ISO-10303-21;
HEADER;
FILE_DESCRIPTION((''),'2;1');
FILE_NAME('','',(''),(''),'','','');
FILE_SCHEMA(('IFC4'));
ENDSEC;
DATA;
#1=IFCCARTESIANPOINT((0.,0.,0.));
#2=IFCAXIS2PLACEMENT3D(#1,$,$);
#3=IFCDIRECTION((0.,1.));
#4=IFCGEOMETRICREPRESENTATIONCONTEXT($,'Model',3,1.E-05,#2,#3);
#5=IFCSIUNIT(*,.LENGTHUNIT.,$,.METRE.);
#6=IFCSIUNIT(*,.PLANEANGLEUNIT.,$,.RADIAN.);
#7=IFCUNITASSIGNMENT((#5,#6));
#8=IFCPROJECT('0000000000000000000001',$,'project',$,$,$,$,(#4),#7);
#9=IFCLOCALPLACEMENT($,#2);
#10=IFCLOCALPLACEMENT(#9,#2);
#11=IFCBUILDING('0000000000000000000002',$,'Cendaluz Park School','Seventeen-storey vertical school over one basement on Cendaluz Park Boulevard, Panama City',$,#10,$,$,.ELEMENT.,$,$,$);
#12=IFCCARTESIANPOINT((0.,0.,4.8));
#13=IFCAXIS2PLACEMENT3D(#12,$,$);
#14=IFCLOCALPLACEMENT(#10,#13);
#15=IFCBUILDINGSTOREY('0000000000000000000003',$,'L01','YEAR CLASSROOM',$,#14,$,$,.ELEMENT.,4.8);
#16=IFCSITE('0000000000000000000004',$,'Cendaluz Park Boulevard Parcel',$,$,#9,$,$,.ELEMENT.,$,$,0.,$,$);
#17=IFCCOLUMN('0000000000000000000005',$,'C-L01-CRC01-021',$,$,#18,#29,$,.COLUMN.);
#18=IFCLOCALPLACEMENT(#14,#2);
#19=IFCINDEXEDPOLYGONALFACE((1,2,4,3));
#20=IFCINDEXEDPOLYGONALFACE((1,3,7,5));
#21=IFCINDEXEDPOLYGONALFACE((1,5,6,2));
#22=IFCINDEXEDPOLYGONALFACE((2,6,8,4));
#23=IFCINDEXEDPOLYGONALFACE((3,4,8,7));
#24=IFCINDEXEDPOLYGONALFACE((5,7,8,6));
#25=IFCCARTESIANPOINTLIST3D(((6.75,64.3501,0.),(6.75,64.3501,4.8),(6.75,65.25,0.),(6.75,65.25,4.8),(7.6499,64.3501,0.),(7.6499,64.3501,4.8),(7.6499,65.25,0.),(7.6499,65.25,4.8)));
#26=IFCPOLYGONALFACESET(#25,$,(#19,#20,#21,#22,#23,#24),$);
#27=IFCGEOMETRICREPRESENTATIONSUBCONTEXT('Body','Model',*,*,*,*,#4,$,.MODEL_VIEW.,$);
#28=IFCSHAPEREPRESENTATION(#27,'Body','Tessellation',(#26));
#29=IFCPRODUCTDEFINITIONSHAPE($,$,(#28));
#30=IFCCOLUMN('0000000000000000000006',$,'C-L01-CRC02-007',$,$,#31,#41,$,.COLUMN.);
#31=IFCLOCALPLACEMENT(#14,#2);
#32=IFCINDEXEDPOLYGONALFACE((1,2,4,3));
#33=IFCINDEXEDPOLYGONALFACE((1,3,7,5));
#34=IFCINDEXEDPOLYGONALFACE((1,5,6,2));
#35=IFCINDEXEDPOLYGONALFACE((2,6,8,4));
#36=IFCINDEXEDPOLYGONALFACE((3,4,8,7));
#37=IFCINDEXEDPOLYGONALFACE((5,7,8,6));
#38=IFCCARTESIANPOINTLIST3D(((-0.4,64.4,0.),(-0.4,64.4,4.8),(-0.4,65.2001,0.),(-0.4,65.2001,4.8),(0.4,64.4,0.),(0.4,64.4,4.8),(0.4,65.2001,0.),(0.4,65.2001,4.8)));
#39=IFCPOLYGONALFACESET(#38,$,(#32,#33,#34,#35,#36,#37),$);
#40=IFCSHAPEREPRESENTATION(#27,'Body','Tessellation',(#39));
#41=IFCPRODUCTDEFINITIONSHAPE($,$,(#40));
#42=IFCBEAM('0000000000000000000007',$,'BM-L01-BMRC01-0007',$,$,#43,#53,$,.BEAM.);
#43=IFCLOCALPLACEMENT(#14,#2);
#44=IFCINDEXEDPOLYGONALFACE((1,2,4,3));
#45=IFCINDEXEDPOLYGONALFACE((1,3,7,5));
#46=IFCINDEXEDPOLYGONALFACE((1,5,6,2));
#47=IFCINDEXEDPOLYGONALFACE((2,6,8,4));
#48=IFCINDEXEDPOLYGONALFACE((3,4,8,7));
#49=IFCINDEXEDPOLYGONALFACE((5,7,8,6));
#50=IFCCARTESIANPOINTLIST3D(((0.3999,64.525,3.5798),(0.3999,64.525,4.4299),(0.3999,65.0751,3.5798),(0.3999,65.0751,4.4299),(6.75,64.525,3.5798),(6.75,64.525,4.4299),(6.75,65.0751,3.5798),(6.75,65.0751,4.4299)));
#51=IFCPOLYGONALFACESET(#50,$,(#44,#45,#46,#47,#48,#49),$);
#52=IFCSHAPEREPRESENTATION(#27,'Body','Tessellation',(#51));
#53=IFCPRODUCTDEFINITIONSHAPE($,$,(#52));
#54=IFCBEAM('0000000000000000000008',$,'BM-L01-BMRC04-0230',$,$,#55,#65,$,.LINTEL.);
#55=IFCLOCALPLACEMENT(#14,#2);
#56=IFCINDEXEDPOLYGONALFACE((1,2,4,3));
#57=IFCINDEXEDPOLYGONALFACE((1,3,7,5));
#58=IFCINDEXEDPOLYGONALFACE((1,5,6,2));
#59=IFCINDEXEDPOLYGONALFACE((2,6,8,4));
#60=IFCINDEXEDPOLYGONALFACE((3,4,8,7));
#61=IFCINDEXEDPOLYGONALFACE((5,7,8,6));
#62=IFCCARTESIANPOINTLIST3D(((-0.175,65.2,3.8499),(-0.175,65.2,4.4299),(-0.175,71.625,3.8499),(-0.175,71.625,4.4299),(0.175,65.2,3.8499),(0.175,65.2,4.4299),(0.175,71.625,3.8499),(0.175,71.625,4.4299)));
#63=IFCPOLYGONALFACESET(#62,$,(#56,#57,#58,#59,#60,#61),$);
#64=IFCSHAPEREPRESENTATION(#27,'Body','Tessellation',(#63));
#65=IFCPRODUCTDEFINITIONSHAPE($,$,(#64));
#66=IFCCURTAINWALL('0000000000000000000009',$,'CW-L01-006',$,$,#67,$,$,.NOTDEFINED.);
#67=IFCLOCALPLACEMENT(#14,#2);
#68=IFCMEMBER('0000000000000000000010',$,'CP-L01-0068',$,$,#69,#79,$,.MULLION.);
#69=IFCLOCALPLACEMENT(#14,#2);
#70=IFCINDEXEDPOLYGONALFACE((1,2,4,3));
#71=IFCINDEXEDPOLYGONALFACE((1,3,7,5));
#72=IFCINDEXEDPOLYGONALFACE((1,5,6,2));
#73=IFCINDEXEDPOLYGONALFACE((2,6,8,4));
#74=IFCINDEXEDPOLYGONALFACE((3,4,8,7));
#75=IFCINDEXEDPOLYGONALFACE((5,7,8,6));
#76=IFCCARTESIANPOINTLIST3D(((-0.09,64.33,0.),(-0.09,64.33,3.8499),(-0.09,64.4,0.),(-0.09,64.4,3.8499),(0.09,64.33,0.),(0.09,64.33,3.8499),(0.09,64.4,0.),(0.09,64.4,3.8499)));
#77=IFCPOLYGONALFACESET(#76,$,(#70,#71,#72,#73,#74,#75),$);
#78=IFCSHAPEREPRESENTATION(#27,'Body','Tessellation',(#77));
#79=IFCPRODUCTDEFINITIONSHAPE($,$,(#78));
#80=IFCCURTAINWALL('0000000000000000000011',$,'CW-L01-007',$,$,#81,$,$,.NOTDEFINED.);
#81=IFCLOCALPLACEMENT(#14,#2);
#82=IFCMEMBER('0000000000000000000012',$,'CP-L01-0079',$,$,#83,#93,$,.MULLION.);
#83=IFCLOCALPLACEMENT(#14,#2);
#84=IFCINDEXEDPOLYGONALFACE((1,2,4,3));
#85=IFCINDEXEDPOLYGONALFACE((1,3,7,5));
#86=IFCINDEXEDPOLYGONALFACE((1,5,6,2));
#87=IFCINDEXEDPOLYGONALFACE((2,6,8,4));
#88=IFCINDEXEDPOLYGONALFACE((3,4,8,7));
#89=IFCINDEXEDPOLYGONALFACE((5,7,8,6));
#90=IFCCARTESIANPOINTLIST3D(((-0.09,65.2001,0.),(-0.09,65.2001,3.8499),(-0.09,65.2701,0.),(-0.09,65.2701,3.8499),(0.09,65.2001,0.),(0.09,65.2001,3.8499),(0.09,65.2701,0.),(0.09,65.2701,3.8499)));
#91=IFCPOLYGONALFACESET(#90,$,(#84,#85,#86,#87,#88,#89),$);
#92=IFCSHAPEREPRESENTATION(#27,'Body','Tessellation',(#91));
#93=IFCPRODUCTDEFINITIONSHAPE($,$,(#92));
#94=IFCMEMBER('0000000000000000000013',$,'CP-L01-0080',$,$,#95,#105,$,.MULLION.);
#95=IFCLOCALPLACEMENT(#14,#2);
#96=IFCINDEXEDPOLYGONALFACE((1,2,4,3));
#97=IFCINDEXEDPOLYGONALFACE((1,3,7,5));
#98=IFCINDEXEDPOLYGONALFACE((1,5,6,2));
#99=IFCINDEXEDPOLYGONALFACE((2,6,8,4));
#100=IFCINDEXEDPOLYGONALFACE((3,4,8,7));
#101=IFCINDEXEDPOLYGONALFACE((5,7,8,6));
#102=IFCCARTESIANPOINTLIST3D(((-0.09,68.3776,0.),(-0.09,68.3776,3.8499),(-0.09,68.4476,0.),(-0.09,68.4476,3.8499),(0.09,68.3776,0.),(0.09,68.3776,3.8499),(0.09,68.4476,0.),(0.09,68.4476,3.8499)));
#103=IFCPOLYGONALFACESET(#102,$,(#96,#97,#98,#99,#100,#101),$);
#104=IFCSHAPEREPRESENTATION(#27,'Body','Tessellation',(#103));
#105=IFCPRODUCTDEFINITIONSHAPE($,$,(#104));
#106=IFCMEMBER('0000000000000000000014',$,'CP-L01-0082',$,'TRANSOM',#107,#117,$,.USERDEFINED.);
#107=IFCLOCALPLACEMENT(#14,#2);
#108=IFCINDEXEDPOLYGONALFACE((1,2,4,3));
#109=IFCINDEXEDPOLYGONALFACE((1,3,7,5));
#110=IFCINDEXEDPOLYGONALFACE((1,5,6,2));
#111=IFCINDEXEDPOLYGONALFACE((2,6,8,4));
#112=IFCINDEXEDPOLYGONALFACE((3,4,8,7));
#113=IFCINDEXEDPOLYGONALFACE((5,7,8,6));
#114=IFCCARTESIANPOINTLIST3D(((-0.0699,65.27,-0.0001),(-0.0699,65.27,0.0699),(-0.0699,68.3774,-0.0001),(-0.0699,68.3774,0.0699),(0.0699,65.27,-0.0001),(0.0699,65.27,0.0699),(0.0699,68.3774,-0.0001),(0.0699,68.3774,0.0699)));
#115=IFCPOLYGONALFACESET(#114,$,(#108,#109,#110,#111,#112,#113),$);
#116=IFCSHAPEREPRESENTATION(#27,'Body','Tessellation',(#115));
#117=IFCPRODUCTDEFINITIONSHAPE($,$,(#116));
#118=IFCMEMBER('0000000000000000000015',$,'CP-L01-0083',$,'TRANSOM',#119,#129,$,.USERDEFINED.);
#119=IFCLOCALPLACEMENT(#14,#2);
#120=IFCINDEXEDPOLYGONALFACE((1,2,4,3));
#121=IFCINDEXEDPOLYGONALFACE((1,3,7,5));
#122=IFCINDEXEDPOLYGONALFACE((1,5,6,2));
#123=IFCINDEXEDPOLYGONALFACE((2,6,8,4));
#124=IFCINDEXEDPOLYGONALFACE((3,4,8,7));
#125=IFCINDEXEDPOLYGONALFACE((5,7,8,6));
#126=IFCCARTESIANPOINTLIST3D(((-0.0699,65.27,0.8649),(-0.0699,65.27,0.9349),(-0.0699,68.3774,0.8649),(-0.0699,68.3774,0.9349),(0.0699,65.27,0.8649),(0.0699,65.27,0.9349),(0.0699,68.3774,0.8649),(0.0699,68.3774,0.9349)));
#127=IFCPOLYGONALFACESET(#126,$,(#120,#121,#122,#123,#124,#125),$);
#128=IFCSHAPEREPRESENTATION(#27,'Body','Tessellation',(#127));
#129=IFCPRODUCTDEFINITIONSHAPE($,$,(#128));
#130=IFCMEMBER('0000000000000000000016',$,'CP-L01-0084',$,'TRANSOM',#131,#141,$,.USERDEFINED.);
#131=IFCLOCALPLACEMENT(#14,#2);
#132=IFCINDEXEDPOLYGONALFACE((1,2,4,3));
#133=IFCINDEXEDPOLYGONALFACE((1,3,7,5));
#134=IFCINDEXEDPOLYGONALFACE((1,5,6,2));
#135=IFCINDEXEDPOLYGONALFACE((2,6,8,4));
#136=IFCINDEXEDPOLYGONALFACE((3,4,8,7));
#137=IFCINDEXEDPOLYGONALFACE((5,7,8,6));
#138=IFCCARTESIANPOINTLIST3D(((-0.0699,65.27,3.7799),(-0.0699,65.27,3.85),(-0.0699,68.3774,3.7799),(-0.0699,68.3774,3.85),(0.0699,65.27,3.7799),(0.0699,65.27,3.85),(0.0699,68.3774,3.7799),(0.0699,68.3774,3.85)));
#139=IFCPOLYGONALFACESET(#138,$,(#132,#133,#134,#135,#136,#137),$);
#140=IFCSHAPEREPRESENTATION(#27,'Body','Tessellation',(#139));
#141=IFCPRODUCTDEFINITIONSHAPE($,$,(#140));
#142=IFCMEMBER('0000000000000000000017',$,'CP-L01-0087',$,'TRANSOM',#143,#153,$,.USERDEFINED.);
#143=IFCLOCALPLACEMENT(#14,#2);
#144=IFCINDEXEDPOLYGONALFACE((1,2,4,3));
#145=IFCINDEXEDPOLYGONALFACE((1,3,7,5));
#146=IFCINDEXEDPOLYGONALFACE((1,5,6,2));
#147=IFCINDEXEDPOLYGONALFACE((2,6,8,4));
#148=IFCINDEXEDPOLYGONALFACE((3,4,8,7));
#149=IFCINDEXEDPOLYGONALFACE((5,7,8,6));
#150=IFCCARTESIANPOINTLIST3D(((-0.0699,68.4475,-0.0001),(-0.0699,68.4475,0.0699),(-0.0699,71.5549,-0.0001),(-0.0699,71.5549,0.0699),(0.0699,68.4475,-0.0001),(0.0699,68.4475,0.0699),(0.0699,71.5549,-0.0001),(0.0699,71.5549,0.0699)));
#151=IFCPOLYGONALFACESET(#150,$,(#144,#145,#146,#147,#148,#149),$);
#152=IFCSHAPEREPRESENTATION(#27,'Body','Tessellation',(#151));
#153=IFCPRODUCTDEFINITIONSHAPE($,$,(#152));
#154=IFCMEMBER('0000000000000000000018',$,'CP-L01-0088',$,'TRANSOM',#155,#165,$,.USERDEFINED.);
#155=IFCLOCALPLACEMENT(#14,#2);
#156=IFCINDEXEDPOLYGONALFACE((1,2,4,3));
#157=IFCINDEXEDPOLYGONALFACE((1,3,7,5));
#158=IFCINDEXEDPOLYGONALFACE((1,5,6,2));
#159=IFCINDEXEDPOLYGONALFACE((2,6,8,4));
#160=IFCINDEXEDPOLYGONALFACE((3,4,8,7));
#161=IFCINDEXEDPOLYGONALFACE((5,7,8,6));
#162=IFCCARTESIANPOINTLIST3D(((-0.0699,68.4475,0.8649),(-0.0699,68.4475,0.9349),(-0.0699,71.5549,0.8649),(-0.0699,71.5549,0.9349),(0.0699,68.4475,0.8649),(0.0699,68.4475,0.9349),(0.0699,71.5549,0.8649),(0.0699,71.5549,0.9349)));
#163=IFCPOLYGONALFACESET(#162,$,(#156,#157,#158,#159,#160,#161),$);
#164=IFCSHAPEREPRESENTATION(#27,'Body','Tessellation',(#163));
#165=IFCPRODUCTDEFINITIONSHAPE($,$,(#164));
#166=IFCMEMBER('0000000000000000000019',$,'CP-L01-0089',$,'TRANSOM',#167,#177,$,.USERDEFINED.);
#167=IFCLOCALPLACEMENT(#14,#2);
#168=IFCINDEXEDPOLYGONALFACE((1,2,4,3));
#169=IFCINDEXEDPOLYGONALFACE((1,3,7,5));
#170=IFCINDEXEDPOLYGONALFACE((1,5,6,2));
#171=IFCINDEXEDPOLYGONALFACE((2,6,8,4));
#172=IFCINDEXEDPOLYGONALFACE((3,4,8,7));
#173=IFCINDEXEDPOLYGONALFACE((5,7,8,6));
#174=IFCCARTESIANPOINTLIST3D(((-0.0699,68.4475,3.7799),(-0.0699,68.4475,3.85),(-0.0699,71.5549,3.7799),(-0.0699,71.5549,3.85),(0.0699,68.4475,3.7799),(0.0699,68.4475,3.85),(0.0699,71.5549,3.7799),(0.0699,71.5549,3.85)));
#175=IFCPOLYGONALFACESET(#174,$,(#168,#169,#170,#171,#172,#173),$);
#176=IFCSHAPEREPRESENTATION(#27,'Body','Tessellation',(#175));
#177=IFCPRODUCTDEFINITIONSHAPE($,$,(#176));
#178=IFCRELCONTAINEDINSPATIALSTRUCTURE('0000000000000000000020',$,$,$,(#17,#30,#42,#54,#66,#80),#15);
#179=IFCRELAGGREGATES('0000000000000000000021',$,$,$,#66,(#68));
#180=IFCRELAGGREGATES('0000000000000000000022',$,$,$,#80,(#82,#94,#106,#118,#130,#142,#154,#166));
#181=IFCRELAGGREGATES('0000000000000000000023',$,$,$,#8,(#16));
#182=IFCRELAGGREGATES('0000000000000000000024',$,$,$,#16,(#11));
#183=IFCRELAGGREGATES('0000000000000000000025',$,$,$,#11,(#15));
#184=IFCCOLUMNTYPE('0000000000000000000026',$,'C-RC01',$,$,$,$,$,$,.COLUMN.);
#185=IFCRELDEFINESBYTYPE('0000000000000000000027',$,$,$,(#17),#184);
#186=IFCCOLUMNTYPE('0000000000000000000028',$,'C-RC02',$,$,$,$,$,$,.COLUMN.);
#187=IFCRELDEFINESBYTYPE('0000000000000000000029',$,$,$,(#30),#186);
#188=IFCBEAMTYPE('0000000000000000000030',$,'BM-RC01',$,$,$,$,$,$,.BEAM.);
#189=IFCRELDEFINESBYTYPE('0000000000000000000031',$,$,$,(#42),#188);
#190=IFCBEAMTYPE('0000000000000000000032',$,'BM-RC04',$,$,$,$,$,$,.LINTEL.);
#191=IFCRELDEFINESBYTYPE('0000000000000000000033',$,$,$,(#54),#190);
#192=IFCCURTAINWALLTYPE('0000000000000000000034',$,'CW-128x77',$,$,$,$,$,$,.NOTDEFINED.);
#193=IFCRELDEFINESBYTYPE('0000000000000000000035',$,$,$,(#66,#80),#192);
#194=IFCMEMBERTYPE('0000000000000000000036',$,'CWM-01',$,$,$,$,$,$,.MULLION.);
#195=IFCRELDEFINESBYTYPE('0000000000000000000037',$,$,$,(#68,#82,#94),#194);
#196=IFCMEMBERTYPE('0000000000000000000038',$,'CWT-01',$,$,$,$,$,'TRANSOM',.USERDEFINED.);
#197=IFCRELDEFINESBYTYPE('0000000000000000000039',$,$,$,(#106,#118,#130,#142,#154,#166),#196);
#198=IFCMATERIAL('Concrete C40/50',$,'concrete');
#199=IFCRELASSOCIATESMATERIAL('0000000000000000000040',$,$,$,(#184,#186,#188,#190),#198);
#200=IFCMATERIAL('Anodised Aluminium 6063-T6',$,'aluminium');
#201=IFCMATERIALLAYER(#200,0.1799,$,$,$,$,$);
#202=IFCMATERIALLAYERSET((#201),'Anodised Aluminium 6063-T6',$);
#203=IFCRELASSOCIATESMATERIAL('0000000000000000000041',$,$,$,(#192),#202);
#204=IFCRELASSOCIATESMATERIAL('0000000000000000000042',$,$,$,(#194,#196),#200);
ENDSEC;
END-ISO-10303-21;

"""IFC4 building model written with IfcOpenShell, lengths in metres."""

from ifc_helpers import new_model, si_unit, direction, frame, origin, origin_2d, place, context, subcontext, project, spatial, rectangle, extrude, material, layer, layer_set, material_profile, profile_set, type_object, element, aggregate, save


model = new_model("IFC4")

# Units and contexts
model_context = context("Model", 3, precision=1e-05, world=origin(), true_north=direction((0.0, 1.0)))
body_context = subcontext(model_context, "Body", "Model", "MODEL_VIEW")
ifc_project = project(units=[si_unit("LENGTHUNIT", "METRE"), si_unit("PLANEANGLEUNIT", "RADIAN")], contexts=[model_context])

# Site, building, storey
site_placement = place(None, origin())
site = spatial("IfcSite", under=ifc_project, at=site_placement, Name="Cendaluz Park Boulevard Parcel", CompositionType="ELEMENT", RefElevation=0.0)
building_placement = place(site_placement, origin())
building = spatial("IfcBuilding", under=site, at=building_placement, Name="Cendaluz Park School", Description="Seventeen-storey vertical school over one basement on Cendaluz Park Boulevard, Panama City", CompositionType="ELEMENT")
storey_placement = place(building_placement, frame((0.0, 0.0, 4.8)))
storey = spatial("IfcBuildingStorey", under=building, at=storey_placement, Name="L01", Description="YEAR CLASSROOM", CompositionType="ELEMENT", Elevation=4.8)

# Columns
ifc_material_1 = material(Name="Concrete C40/50", Category="concrete")
ifc_material_profile_1 = material_profile(ifc_material_1, rectangle(XDim=0.8999, YDim=0.8999, at=origin_2d()), Name="RC 900x900", Category="concrete")
ifc_profile_set_1 = profile_set([ifc_material_profile_1], Name="Concrete C40/50")
column_type_1 = type_object("IfcColumnType", Name="C-RC01", PredefinedType="COLUMN", material=ifc_profile_set_1)
column_1_placement = place(storey_placement, frame((7.2, 64.8, 0.0), z_axis=(0.0, 0.0, 1.0), x_axis=(1.0, 0.0, 0.0)))
element("IfcColumn", 1, at=column_1_placement, inside=storey, type_object=column_type_1, Name="C-L01-CRC01-021", PredefinedType="COLUMN", context=body_context, shape_type="SweptSolid", body=[
    extrude(rectangle(XDim=0.8999, YDim=0.8999, at=origin_2d()), origin(), (0.0, 0.0, 1.0), 4.8),
])
ifc_material_profile_2 = material_profile(ifc_material_1, rectangle(XDim=0.8, YDim=0.8, at=origin_2d()), Name="RC 800x800", Category="concrete")
ifc_profile_set_2 = profile_set([ifc_material_profile_2], Name="Concrete C40/50")
column_type_2 = type_object("IfcColumnType", Name="C-RC02", PredefinedType="COLUMN", material=ifc_profile_set_2)
column_2_placement = place(storey_placement, frame((0.0, 64.8, 0.0), z_axis=(0.0, 0.0, 1.0), x_axis=(1.0, 0.0, 0.0)))
element("IfcColumn", 2, at=column_2_placement, inside=storey, type_object=column_type_2, Name="C-L01-CRC02-007", PredefinedType="COLUMN", context=body_context, shape_type="SweptSolid", body=[
    extrude(rectangle(XDim=0.8, YDim=0.8, at=origin_2d()), origin(), (0.0, 0.0, 1.0), 4.8),
])

# Beams
ifc_material_profile_3 = material_profile(ifc_material_1, rectangle(XDim=0.55, YDim=0.8501, at=origin_2d()), Name="RC 550x850", Category="concrete")
ifc_profile_set_3 = profile_set([ifc_material_profile_3], Name="Concrete C40/50")
beam_type_1 = type_object("IfcBeamType", Name="BM-RC01", PredefinedType="BEAM", material=ifc_profile_set_3)
beam_1_placement = place(storey_placement, frame((0.3999, 64.8, 4.0049), z_axis=(1.0, 0.0, 0.0), x_axis=(0.0, 1.0, 0.0)))
element("IfcBeam", 3, at=beam_1_placement, inside=storey, type_object=beam_type_1, Name="BM-L01-BMRC01-0007", PredefinedType="BEAM", context=body_context, shape_type="SweptSolid", body=[
    extrude(rectangle(XDim=0.55, YDim=0.8501, at=origin_2d()), origin(), (0.0, 0.0, 1.0), 6.3501),
])
ifc_material_profile_4 = material_profile(ifc_material_1, rectangle(XDim=0.3501, YDim=0.5801, at=origin_2d()), Name="RC 350x580", Category="concrete")
ifc_profile_set_4 = profile_set([ifc_material_profile_4], Name="Concrete C40/50")
beam_type_2 = type_object("IfcBeamType", Name="BM-RC04", PredefinedType="LINTEL", material=ifc_profile_set_4)
beam_2_placement = place(storey_placement, frame((0.0, 65.2, 4.1399), z_axis=(0.0, 1.0, 0.0), x_axis=(-1.0, 0.0, 0.0)))
element("IfcBeam", 4, at=beam_2_placement, inside=storey, type_object=beam_type_2, Name="BM-L01-BMRC04-0230", PredefinedType="LINTEL", context=body_context, shape_type="SweptSolid", body=[
    extrude(rectangle(XDim=0.3501, YDim=0.5801, at=origin_2d()), origin(), (0.0, 0.0, 1.0), 6.425),
])

# Curtain wall, member
ifc_material_2 = material(Name="Anodised Aluminium 6063-T6", Category="aluminium")
ifc_layer_1 = layer(ifc_material_2, 0.1799)
ifc_layer_set_1 = layer_set([ifc_layer_1], Name="Anodised Aluminium 6063-T6")
curtain_wall_type = type_object("IfcCurtainWallType", Name="CW-128x77", PredefinedType="NOTDEFINED", material=ifc_layer_set_1)
curtain_wall_1_placement = place(storey_placement, origin())
curtain_wall_1 = element("IfcCurtainWall", 5, at=curtain_wall_1_placement, inside=storey, type_object=curtain_wall_type, Name="CW-L01-006", PredefinedType="NOTDEFINED")
ifc_material_profile_5 = material_profile(ifc_material_2, rectangle(XDim=0.1799, YDim=0.0701, at=origin_2d()), Name="CWM 180x70", Category="aluminium")
ifc_profile_set_5 = profile_set([ifc_material_profile_5], Name="Anodised Aluminium 6063-T6")
member_type_1 = type_object("IfcMemberType", Name="CWM-01", PredefinedType="MULLION", material=ifc_profile_set_5)
member_1_placement = place(storey_placement, frame((0.0, 64.365, 0.0), z_axis=(0.0, 0.0, 1.0), x_axis=(-1.0, 0.0, 0.0)))
member_1 = element("IfcMember", 6, at=member_1_placement, type_object=member_type_1, Name="CP-L01-0068", PredefinedType="MULLION", context=body_context, shape_type="SweptSolid", body=[
    extrude(rectangle(XDim=0.1799, YDim=0.0701, at=origin_2d()), origin(), (0.0, 0.0, 1.0), 3.8499),
])

# Curtain wall, members
curtain_wall_2_placement = place(storey_placement, origin())
curtain_wall_2 = element("IfcCurtainWall", 7, at=curtain_wall_2_placement, inside=storey, type_object=curtain_wall_type, Name="CW-L01-007", PredefinedType="NOTDEFINED")
member_2_placement = place(storey_placement, frame((0.0, 65.2351, 0.0), z_axis=(0.0, 0.0, 1.0), x_axis=(-1.0, 0.0, 0.0)))
member_2 = element("IfcMember", 8, at=member_2_placement, type_object=member_type_1, Name="CP-L01-0079", PredefinedType="MULLION", context=body_context, shape_type="SweptSolid", body=[
    extrude(rectangle(XDim=0.1799, YDim=0.0701, at=origin_2d()), origin(), (0.0, 0.0, 1.0), 3.8499),
])
member_3_placement = place(storey_placement, frame((0.0, 68.4126, 0.0), z_axis=(0.0, 0.0, 1.0), x_axis=(-1.0, 0.0, 0.0)))
member_3 = element("IfcMember", 9, at=member_3_placement, type_object=member_type_1, Name="CP-L01-0080", PredefinedType="MULLION", context=body_context, shape_type="SweptSolid", body=[
    extrude(rectangle(XDim=0.1799, YDim=0.0701, at=origin_2d()), origin(), (0.0, 0.0, 1.0), 3.8499),
])
ifc_material_profile_6 = material_profile(ifc_material_2, rectangle(XDim=0.1399, YDim=0.0701, at=origin_2d()), Name="CWT 140x70", Category="aluminium")
ifc_profile_set_6 = profile_set([ifc_material_profile_6], Name="Anodised Aluminium 6063-T6")
member_type_2 = type_object("IfcMemberType", Name="CWT-01", ElementType="TRANSOM", PredefinedType="USERDEFINED", material=ifc_profile_set_6)
member_4_placement = place(storey_placement, frame((0.0, 65.27, 0.0349), z_axis=(0.0, 1.0, 0.0), x_axis=(-1.0, 0.0, 0.0)))
member_4 = element("IfcMember", 10, at=member_4_placement, type_object=member_type_2, Name="CP-L01-0082", ObjectType="TRANSOM", PredefinedType="USERDEFINED", context=body_context, shape_type="SweptSolid", body=[
    extrude(rectangle(XDim=0.1399, YDim=0.0701, at=origin_2d()), origin(), (0.0, 0.0, 1.0), 3.1074),
])
member_5_placement = place(storey_placement, frame((0.0, 65.27, 0.8999), z_axis=(0.0, 1.0, 0.0), x_axis=(-1.0, 0.0, 0.0)))
member_5 = element("IfcMember", 11, at=member_5_placement, type_object=member_type_2, Name="CP-L01-0083", ObjectType="TRANSOM", PredefinedType="USERDEFINED", context=body_context, shape_type="SweptSolid", body=[
    extrude(rectangle(XDim=0.1399, YDim=0.0701, at=origin_2d()), origin(), (0.0, 0.0, 1.0), 3.1074),
])
member_6_placement = place(storey_placement, frame((0.0, 65.27, 3.8149), z_axis=(0.0, 1.0, 0.0), x_axis=(-1.0, 0.0, 0.0)))
member_6 = element("IfcMember", 12, at=member_6_placement, type_object=member_type_2, Name="CP-L01-0084", ObjectType="TRANSOM", PredefinedType="USERDEFINED", context=body_context, shape_type="SweptSolid", body=[
    extrude(rectangle(XDim=0.1399, YDim=0.0701, at=origin_2d()), origin(), (0.0, 0.0, 1.0), 3.1074),
])
member_7_placement = place(storey_placement, frame((0.0, 68.4475, 0.0349), z_axis=(0.0, 1.0, 0.0), x_axis=(-1.0, 0.0, 0.0)))
member_7 = element("IfcMember", 13, at=member_7_placement, type_object=member_type_2, Name="CP-L01-0087", ObjectType="TRANSOM", PredefinedType="USERDEFINED", context=body_context, shape_type="SweptSolid", body=[
    extrude(rectangle(XDim=0.1399, YDim=0.0701, at=origin_2d()), origin(), (0.0, 0.0, 1.0), 3.1074),
])
member_8_placement = place(storey_placement, frame((0.0, 68.4475, 0.8999), z_axis=(0.0, 1.0, 0.0), x_axis=(-1.0, 0.0, 0.0)))
member_8 = element("IfcMember", 14, at=member_8_placement, type_object=member_type_2, Name="CP-L01-0088", ObjectType="TRANSOM", PredefinedType="USERDEFINED", context=body_context, shape_type="SweptSolid", body=[
    extrude(rectangle(XDim=0.1399, YDim=0.0701, at=origin_2d()), origin(), (0.0, 0.0, 1.0), 3.1074),
])
member_9_placement = place(storey_placement, frame((0.0, 68.4475, 3.8149), z_axis=(0.0, 1.0, 0.0), x_axis=(-1.0, 0.0, 0.0)))
member_9 = element("IfcMember", 15, at=member_9_placement, type_object=member_type_2, Name="CP-L01-0089", ObjectType="TRANSOM", PredefinedType="USERDEFINED", context=body_context, shape_type="SweptSolid", body=[
    extrude(rectangle(XDim=0.1399, YDim=0.0701, at=origin_2d()), origin(), (0.0, 0.0, 1.0), 3.1074),
])

aggregate(curtain_wall_1, [member_1])
aggregate(curtain_wall_2, [member_2, member_3, member_4, member_5, member_6, member_7, member_8, member_9])

save(model, "model.ifc")
